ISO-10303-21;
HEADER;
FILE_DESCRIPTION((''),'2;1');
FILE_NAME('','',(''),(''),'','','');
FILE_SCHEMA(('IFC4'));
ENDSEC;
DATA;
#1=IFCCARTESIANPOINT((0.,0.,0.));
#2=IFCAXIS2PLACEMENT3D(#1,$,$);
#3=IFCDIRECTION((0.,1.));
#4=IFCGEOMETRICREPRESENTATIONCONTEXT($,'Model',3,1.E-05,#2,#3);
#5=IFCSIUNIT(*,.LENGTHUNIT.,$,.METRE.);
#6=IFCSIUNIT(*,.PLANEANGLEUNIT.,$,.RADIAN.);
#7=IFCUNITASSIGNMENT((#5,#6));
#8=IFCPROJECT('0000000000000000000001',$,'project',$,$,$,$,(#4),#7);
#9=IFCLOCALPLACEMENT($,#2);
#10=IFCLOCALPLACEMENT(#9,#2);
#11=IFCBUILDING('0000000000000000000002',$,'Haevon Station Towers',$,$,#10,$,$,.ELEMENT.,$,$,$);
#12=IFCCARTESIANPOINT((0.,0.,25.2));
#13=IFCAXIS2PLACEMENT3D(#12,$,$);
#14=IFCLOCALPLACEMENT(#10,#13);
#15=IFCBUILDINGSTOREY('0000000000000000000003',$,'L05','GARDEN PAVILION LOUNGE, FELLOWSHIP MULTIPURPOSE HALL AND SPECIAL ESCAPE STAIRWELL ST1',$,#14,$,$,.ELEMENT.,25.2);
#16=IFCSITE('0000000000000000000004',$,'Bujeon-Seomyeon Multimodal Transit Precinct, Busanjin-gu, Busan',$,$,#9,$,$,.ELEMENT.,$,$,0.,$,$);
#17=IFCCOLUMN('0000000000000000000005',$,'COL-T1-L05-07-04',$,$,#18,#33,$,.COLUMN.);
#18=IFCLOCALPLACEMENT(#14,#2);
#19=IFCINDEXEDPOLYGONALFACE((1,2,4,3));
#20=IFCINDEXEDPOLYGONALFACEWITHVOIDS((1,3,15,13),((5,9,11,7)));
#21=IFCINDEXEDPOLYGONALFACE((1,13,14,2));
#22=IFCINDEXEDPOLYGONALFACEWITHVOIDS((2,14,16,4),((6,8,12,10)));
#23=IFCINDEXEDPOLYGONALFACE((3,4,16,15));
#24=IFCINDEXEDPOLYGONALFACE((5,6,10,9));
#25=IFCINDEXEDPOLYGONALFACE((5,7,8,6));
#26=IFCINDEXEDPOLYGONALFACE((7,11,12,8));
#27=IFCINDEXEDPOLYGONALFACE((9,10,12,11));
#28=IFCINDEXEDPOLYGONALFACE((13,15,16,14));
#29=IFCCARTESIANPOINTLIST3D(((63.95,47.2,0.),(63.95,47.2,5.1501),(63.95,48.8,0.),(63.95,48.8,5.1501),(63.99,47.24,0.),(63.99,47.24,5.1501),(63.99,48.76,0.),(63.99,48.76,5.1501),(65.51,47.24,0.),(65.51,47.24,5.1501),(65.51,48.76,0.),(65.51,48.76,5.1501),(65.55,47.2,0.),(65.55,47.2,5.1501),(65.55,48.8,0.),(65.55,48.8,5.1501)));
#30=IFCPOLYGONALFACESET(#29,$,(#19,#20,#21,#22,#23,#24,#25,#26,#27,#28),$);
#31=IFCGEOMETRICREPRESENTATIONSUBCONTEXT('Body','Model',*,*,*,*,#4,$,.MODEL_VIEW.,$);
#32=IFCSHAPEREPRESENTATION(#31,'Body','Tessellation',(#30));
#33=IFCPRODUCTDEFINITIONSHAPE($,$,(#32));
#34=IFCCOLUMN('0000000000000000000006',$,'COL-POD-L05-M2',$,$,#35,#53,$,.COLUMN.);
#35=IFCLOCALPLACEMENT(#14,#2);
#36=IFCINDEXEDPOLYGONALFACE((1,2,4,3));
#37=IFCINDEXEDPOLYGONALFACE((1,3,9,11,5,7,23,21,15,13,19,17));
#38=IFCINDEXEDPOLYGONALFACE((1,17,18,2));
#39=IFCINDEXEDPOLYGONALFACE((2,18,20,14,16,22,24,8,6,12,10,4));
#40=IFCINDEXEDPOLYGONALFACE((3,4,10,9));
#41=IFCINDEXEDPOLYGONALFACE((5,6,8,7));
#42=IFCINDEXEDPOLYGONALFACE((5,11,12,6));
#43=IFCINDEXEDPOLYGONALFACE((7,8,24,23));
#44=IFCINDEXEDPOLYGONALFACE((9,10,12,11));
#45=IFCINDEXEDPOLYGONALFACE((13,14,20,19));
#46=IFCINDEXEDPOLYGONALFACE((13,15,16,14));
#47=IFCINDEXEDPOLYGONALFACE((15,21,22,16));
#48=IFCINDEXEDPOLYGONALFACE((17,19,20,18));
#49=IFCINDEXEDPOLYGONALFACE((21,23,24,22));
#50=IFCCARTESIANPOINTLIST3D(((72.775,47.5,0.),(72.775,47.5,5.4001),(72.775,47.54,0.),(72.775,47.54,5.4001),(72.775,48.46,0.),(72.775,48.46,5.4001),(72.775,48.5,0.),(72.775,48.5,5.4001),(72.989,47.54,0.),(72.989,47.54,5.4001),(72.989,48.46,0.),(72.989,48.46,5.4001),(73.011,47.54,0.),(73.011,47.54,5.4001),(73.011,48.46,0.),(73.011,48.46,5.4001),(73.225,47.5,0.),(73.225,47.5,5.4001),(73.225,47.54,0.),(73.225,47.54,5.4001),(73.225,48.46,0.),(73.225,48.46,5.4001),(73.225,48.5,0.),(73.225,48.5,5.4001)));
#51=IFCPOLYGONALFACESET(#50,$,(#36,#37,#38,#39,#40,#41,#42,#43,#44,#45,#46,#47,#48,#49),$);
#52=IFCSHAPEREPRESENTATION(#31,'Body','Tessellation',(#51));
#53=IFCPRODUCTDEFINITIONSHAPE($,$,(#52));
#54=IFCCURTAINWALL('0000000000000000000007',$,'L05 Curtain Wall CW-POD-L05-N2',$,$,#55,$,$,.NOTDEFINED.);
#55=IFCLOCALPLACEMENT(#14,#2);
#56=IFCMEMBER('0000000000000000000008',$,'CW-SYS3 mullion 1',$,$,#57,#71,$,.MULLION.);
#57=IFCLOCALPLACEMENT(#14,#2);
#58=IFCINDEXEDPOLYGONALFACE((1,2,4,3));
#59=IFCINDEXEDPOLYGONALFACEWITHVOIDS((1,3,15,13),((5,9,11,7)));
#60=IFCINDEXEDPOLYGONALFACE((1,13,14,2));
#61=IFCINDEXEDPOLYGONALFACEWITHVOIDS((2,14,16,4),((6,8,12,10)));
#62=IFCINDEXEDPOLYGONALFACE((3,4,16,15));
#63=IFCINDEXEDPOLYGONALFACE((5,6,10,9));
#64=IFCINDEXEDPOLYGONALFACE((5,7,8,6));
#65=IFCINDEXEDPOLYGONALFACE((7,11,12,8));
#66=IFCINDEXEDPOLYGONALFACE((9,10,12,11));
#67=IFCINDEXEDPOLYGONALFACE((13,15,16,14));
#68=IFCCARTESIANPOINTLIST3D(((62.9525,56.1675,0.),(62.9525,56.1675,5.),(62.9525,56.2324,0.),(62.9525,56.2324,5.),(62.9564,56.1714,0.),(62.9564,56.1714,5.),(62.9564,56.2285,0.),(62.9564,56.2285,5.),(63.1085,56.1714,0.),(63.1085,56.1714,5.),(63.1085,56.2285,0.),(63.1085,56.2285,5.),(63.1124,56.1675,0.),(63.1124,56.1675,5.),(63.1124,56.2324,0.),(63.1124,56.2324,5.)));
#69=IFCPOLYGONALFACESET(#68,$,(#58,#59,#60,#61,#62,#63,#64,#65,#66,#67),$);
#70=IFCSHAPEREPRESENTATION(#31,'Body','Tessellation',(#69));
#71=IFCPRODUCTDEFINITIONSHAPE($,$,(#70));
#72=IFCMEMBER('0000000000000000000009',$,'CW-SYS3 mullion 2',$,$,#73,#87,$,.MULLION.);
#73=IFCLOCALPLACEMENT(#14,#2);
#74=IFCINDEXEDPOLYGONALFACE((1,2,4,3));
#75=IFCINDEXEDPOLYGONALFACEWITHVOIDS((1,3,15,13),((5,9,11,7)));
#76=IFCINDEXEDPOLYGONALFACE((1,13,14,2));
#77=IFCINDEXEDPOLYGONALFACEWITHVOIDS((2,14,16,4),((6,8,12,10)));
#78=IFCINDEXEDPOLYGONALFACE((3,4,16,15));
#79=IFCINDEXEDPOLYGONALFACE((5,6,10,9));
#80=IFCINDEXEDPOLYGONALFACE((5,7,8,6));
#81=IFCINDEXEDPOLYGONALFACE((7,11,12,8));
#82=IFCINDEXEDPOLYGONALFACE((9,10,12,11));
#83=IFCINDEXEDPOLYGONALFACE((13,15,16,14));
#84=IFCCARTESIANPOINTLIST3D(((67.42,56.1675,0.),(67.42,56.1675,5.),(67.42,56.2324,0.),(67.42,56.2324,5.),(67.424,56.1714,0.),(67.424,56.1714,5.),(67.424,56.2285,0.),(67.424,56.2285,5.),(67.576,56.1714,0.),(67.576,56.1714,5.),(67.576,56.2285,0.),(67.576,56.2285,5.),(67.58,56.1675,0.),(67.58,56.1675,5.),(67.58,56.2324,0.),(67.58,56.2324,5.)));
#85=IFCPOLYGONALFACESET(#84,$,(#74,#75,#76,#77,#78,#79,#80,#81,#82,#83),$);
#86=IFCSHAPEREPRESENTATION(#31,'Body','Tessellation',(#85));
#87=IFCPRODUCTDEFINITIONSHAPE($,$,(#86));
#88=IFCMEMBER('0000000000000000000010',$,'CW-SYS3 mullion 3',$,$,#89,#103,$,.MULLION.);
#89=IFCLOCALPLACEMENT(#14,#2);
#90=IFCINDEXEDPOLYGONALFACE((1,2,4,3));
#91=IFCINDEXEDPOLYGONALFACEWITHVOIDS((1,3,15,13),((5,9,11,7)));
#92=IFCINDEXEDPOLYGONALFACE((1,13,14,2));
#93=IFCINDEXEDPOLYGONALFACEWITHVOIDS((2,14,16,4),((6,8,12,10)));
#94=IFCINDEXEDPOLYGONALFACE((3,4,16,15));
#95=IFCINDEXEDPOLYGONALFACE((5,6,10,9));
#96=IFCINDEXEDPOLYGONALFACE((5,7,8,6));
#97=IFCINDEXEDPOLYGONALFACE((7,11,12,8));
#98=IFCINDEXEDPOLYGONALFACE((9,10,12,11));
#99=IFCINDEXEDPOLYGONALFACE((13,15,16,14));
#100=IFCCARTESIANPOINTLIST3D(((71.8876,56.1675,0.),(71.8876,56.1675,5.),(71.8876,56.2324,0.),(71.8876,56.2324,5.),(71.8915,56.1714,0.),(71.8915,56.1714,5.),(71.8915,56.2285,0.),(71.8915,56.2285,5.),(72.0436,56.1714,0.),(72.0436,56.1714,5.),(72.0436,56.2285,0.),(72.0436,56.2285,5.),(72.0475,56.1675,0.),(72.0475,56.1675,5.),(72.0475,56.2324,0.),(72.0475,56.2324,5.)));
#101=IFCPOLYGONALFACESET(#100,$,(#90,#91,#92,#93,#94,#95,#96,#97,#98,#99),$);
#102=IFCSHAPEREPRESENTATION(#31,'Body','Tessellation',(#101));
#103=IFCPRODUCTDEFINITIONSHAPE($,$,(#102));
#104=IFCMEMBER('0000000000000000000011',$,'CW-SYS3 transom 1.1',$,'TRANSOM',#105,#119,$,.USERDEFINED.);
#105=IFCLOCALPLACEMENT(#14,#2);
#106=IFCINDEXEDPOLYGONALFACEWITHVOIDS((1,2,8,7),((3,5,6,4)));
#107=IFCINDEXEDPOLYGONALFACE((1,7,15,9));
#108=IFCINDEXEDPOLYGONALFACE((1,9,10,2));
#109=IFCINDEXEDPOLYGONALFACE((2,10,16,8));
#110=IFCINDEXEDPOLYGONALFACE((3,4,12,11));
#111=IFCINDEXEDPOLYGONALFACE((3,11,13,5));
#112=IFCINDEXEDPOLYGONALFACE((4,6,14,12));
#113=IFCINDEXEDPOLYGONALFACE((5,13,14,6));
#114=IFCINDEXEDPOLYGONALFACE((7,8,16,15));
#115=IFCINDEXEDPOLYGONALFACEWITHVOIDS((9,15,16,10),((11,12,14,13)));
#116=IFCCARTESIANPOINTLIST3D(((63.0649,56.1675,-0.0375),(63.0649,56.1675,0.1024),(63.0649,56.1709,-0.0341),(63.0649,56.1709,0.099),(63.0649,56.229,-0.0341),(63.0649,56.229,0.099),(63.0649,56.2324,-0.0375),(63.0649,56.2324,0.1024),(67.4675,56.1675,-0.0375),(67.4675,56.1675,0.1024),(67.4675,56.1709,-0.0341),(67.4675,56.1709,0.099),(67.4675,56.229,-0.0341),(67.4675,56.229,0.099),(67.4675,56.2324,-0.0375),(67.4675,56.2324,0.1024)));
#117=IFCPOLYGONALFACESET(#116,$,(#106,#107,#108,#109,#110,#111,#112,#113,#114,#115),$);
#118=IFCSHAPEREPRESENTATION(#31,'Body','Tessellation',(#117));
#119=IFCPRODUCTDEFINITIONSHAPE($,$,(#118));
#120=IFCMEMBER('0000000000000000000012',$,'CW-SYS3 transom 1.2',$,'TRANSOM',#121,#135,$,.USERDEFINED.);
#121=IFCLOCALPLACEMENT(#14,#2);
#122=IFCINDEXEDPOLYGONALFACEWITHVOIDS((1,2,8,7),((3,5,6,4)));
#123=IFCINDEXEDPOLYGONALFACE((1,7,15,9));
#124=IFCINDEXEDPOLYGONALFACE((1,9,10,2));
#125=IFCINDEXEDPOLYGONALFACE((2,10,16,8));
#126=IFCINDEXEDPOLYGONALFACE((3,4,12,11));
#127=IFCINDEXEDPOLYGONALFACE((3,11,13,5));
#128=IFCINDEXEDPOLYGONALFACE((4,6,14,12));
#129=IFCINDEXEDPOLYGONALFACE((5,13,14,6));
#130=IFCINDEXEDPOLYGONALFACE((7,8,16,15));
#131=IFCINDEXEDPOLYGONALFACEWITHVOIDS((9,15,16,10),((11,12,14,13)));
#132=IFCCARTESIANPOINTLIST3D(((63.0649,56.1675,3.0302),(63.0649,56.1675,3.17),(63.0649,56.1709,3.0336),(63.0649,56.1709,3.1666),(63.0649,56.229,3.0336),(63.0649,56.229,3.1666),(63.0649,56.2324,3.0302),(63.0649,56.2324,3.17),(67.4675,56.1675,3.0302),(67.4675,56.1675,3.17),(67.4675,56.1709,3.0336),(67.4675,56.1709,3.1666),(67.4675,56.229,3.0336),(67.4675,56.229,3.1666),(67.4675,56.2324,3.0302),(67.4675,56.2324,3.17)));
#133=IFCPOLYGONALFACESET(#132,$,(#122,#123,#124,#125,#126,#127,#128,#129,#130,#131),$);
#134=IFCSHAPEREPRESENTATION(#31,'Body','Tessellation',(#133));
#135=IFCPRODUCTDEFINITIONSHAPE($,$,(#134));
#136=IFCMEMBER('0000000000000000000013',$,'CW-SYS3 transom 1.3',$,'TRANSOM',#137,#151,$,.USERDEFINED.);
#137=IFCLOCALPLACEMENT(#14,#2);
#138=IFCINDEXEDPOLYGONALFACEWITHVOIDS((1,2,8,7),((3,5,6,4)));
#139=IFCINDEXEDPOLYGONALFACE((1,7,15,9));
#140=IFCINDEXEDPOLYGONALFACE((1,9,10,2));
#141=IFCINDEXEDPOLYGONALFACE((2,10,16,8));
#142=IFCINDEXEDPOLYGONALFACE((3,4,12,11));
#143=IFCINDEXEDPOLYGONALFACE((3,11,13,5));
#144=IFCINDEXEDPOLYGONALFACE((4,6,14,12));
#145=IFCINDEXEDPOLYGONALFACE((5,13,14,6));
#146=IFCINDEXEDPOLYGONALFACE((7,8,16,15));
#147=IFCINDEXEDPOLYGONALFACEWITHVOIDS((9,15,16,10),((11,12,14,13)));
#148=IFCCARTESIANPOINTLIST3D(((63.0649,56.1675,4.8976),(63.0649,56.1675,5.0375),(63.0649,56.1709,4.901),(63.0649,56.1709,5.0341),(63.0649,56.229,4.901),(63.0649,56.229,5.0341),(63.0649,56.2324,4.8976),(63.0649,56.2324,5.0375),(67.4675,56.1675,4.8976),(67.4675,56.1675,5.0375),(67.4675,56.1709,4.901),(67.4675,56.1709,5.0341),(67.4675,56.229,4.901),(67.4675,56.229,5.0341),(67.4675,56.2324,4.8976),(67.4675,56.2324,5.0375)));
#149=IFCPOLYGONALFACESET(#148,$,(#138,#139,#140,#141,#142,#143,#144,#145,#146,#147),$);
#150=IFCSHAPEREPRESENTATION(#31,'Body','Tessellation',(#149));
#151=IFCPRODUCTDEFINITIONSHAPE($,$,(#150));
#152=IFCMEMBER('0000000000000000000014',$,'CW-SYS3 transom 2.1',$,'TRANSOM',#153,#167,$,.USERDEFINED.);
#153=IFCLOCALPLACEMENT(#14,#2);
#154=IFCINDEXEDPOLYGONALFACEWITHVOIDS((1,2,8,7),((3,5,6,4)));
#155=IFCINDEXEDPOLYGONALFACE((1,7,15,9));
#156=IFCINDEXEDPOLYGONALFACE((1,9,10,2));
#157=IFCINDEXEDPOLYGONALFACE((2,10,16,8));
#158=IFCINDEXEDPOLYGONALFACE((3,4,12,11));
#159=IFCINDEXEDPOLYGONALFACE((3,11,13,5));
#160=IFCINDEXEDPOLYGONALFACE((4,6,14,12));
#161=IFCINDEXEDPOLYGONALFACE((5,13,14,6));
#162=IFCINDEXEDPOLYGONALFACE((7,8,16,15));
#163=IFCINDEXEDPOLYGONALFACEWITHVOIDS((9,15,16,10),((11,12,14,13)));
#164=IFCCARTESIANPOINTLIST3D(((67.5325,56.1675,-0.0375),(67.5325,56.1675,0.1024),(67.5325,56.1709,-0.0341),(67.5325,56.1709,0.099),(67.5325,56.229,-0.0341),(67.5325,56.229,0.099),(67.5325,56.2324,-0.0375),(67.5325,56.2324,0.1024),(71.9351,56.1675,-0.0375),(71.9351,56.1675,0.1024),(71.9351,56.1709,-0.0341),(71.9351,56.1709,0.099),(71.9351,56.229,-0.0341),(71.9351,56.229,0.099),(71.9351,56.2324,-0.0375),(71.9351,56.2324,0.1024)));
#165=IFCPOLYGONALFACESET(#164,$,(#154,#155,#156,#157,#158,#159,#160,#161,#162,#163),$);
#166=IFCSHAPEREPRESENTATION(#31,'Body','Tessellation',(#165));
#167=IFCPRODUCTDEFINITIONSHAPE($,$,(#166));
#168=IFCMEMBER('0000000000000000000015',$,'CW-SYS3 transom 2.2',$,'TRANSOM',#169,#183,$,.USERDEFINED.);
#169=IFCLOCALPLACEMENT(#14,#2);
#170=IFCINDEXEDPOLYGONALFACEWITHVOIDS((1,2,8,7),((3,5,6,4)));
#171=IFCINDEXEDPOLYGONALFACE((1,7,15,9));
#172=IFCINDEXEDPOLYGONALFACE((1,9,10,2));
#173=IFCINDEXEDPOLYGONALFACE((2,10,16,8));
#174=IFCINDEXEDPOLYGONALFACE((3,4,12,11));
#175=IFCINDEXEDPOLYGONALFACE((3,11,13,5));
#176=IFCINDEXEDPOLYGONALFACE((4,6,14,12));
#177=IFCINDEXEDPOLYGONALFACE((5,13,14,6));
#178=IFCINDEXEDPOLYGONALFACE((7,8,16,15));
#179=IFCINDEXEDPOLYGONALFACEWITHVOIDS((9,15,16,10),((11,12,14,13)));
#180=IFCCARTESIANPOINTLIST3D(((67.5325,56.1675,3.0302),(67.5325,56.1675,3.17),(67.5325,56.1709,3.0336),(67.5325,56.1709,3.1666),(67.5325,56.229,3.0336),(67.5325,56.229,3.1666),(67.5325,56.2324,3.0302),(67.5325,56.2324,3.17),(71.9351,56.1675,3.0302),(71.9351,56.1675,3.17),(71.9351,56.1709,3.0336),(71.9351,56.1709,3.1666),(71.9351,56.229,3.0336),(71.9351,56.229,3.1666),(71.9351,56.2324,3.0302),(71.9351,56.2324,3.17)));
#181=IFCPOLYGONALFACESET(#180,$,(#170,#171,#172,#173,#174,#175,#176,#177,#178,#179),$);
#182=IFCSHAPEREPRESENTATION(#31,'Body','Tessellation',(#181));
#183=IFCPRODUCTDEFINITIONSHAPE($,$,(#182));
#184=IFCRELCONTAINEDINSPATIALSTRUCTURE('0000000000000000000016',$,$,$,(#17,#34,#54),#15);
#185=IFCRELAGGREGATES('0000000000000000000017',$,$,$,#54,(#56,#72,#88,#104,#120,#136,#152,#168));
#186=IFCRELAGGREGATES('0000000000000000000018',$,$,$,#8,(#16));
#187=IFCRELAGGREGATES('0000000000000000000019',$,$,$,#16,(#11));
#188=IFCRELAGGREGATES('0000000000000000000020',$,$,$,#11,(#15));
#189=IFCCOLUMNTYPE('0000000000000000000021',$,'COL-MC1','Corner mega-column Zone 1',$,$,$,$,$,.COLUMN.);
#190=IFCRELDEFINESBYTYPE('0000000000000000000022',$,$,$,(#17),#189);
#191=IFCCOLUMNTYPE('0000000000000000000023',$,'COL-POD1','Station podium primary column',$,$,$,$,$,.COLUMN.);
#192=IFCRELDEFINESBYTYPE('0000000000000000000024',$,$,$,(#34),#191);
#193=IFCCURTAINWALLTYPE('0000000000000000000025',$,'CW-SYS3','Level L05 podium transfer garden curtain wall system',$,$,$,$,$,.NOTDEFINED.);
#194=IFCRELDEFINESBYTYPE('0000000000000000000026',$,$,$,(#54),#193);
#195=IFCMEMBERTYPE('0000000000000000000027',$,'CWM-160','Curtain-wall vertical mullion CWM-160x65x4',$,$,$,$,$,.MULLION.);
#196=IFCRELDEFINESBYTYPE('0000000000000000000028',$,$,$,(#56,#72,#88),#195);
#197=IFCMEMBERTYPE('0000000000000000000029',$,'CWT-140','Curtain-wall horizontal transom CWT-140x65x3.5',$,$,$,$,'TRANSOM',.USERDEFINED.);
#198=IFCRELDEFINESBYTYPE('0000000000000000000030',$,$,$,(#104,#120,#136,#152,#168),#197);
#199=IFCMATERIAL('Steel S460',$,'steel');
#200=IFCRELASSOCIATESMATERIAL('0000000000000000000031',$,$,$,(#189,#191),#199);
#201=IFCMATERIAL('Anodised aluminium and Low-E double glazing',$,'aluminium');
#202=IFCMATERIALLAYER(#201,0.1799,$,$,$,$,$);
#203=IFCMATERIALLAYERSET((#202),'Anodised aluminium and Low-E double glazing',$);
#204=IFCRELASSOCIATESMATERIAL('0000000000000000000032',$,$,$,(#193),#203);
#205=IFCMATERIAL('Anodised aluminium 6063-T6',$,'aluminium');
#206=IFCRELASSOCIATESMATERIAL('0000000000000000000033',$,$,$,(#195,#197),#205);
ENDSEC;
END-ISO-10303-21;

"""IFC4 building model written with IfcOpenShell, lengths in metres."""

from ifc_helpers import new_model, si_unit, direction, frame, origin, origin_2d, place, context, subcontext, project, spatial, hollow_rectangle, i_section, extrude, material, layer, layer_set, material_profile, profile_set, type_object, element, aggregate, save


model = new_model("IFC4")

# Units and contexts
model_context = context("Model", 3, precision=1e-05, world=origin(), true_north=direction((0.0, 1.0)))
body_context = subcontext(model_context, "Body", "Model", "MODEL_VIEW")
ifc_project = project(units=[si_unit("LENGTHUNIT", "METRE"), si_unit("PLANEANGLEUNIT", "RADIAN")], contexts=[model_context])

# Site, building, storey
site_placement = place(None, origin())
site = spatial("IfcSite", under=ifc_project, at=site_placement, Name="Bujeon-Seomyeon Multimodal Transit Precinct, Busanjin-gu, Busan", CompositionType="ELEMENT", RefElevation=0.0)
building_placement = place(site_placement, origin())
building = spatial("IfcBuilding", under=site, at=building_placement, Name="Haevon Station Towers", CompositionType="ELEMENT")
storey_placement = place(building_placement, frame((0.0, 0.0, 25.2)))
storey = spatial("IfcBuildingStorey", under=building, at=storey_placement, Name="L05", Description="GARDEN PAVILION LOUNGE, FELLOWSHIP MULTIPURPOSE HALL AND SPECIAL ESCAPE STAIRWELL ST1", CompositionType="ELEMENT", Elevation=25.2)

# Columns
ifc_material_1 = material(Name="Steel S460", Category="steel")
ifc_material_profile_1 = material_profile(ifc_material_1, hollow_rectangle(XDim=1.6001, YDim=1.6001, WallThickness=0.04, at=origin_2d()), Name="BOX-1600x1600x40")
ifc_profile_set_1 = profile_set([ifc_material_profile_1], Name="Steel S460")
column_type_1 = type_object("IfcColumnType", Name="COL-MC1", Description="Corner mega-column Zone 1", PredefinedType="COLUMN", material=ifc_profile_set_1)
column_1_placement = place(storey_placement, frame((64.75, 48.0, 0.0), z_axis=(0.0, 0.0, 1.0), x_axis=(1.0, 0.0, 0.0)))
element("IfcColumn", 1, at=column_1_placement, inside=storey, type_object=column_type_1, Name="COL-T1-L05-07-04", PredefinedType="COLUMN", context=body_context, shape_type="SweptSolid", body=[
    extrude(hollow_rectangle(XDim=1.6001, YDim=1.6001, WallThickness=0.04, at=origin_2d()), origin(), (0.0, 0.0, 1.0), 5.1501),
])
ifc_material_profile_2 = material_profile(ifc_material_1, i_section(OverallWidth=0.45, OverallDepth=1.0, WebThickness=0.022, FlangeThickness=0.04, at=origin_2d()), Name="H-1000x450x22x40")
ifc_profile_set_2 = profile_set([ifc_material_profile_2], Name="Steel S460")
column_type_2 = type_object("IfcColumnType", Name="COL-POD1", Description="Station podium primary column", PredefinedType="COLUMN", material=ifc_profile_set_2)
column_2_placement = place(storey_placement, frame((73.0, 48.0, 0.0), z_axis=(0.0, 0.0, 1.0), x_axis=(1.0, 0.0, 0.0)))
element("IfcColumn", 2, at=column_2_placement, inside=storey, type_object=column_type_2, Name="COL-POD-L05-M2", PredefinedType="COLUMN", context=body_context, shape_type="SweptSolid", body=[
    extrude(i_section(OverallWidth=0.45, OverallDepth=1.0, WebThickness=0.022, FlangeThickness=0.04, at=origin_2d()), origin(), (0.0, 0.0, 1.0), 5.4001),
])

# Curtain wall, members
ifc_material_2 = material(Name="Anodised aluminium and Low-E double glazing", Category="aluminium")
ifc_layer_1 = layer(ifc_material_2, 0.1799)
ifc_layer_set_1 = layer_set([ifc_layer_1], Name="Anodised aluminium and Low-E double glazing")
curtain_wall_type = type_object("IfcCurtainWallType", Name="CW-SYS3", Description="Level L05 podium transfer garden curtain wall system", PredefinedType="NOTDEFINED", material=ifc_layer_set_1)
curtain_wall_placement = place(storey_placement, origin())
curtain_wall = element("IfcCurtainWall", 3, at=curtain_wall_placement, inside=storey, type_object=curtain_wall_type, Name="L05 Curtain Wall CW-POD-L05-N2", PredefinedType="NOTDEFINED")
ifc_material_3 = material(Name="Anodised aluminium 6063-T6", Category="aluminium")
ifc_material_profile_3 = material_profile(ifc_material_3, hollow_rectangle(XDim=0.0649, YDim=0.1599, WallThickness=0.0039, at=origin_2d()), Name="CWM-160x65x4")
ifc_profile_set_3 = profile_set([ifc_material_profile_3], Name="Anodised aluminium 6063-T6")
member_type_1 = type_object("IfcMemberType", Name="CWM-160", Description="Curtain-wall vertical mullion CWM-160x65x4", PredefinedType="MULLION", material=ifc_profile_set_3)
member_1_placement = place(storey_placement, frame((63.0325, 56.2, 0.0), z_axis=(0.0, 0.0, 1.0), x_axis=(0.0, 1.0, 0.0)))
member_1 = element("IfcMember", 4, at=member_1_placement, type_object=member_type_1, Name="CW-SYS3 mullion 1", PredefinedType="MULLION", context=body_context, shape_type="SweptSolid", body=[
    extrude(hollow_rectangle(XDim=0.0649, YDim=0.1599, WallThickness=0.0039, at=origin_2d()), origin(), (0.0, 0.0, 1.0), 5.0),
])
member_2_placement = place(storey_placement, frame((67.5, 56.2, 0.0), z_axis=(0.0, 0.0, 1.0), x_axis=(0.0, 1.0, 0.0)))
member_2 = element("IfcMember", 5, at=member_2_placement, type_object=member_type_1, Name="CW-SYS3 mullion 2", PredefinedType="MULLION", context=body_context, shape_type="SweptSolid", body=[
    extrude(hollow_rectangle(XDim=0.0649, YDim=0.1599, WallThickness=0.0039, at=origin_2d()), origin(), (0.0, 0.0, 1.0), 5.0),
])
member_3_placement = place(storey_placement, frame((71.9675, 56.2, 0.0), z_axis=(0.0, 0.0, 1.0), x_axis=(0.0, 1.0, 0.0)))
member_3 = element("IfcMember", 6, at=member_3_placement, type_object=member_type_1, Name="CW-SYS3 mullion 3", PredefinedType="MULLION", context=body_context, shape_type="SweptSolid", body=[
    extrude(hollow_rectangle(XDim=0.0649, YDim=0.1599, WallThickness=0.0039, at=origin_2d()), origin(), (0.0, 0.0, 1.0), 5.0),
])
ifc_material_profile_4 = material_profile(ifc_material_3, hollow_rectangle(XDim=0.0649, YDim=0.1399, WallThickness=0.0034, at=origin_2d()), Name="CWT-140x65x3.5")
ifc_profile_set_4 = profile_set([ifc_material_profile_4], Name="Anodised aluminium 6063-T6")
member_type_2 = type_object("IfcMemberType", Name="CWT-140", Description="Curtain-wall horizontal transom CWT-140x65x3.5", ElementType="TRANSOM", PredefinedType="USERDEFINED", material=ifc_profile_set_4)
member_4_placement = place(storey_placement, frame((63.0649, 56.2, 0.0325), z_axis=(1.0, 0.0, 0.0), x_axis=(0.0, 1.0, 0.0)))
member_4 = element("IfcMember", 7, at=member_4_placement, type_object=member_type_2, Name="CW-SYS3 transom 1.1", ObjectType="TRANSOM", PredefinedType="USERDEFINED", context=body_context, shape_type="SweptSolid", body=[
    extrude(hollow_rectangle(XDim=0.0649, YDim=0.1399, WallThickness=0.0034, at=origin_2d()), origin(), (0.0, 0.0, 1.0), 4.4026),
])
member_5_placement = place(storey_placement, frame((63.0649, 56.2, 3.1001), z_axis=(1.0, 0.0, 0.0), x_axis=(0.0, 1.0, 0.0)))
member_5 = element("IfcMember", 8, at=member_5_placement, type_object=member_type_2, Name="CW-SYS3 transom 1.2", ObjectType="TRANSOM", PredefinedType="USERDEFINED", context=body_context, shape_type="SweptSolid", body=[
    extrude(hollow_rectangle(XDim=0.0649, YDim=0.1399, WallThickness=0.0034, at=origin_2d()), origin(), (0.0, 0.0, 1.0), 4.4026),
])
member_6_placement = place(storey_placement, frame((63.0649, 56.2, 4.9675), z_axis=(1.0, 0.0, 0.0), x_axis=(0.0, 1.0, 0.0)))
member_6 = element("IfcMember", 9, at=member_6_placement, type_object=member_type_2, Name="CW-SYS3 transom 1.3", ObjectType="TRANSOM", PredefinedType="USERDEFINED", context=body_context, shape_type="SweptSolid", body=[
    extrude(hollow_rectangle(XDim=0.0649, YDim=0.1399, WallThickness=0.0034, at=origin_2d()), origin(), (0.0, 0.0, 1.0), 4.4026),
])
member_7_placement = place(storey_placement, frame((67.5325, 56.2, 0.0325), z_axis=(1.0, 0.0, 0.0), x_axis=(0.0, 1.0, 0.0)))
member_7 = element("IfcMember", 10, at=member_7_placement, type_object=member_type_2, Name="CW-SYS3 transom 2.1", ObjectType="TRANSOM", PredefinedType="USERDEFINED", context=body_context, shape_type="SweptSolid", body=[
    extrude(hollow_rectangle(XDim=0.0649, YDim=0.1399, WallThickness=0.0034, at=origin_2d()), origin(), (0.0, 0.0, 1.0), 4.4026),
])
member_8_placement = place(storey_placement, frame((67.5325, 56.2, 3.1001), z_axis=(1.0, 0.0, 0.0), x_axis=(0.0, 1.0, 0.0)))
member_8 = element("IfcMember", 11, at=member_8_placement, type_object=member_type_2, Name="CW-SYS3 transom 2.2", ObjectType="TRANSOM", PredefinedType="USERDEFINED", context=body_context, shape_type="SweptSolid", body=[
    extrude(hollow_rectangle(XDim=0.0649, YDim=0.1399, WallThickness=0.0034, at=origin_2d()), origin(), (0.0, 0.0, 1.0), 4.4026),
])
aggregate(curtain_wall, [member_1, member_2, member_3, member_4, member_5, member_6, member_7, member_8])

save(model, "model.ifc")
